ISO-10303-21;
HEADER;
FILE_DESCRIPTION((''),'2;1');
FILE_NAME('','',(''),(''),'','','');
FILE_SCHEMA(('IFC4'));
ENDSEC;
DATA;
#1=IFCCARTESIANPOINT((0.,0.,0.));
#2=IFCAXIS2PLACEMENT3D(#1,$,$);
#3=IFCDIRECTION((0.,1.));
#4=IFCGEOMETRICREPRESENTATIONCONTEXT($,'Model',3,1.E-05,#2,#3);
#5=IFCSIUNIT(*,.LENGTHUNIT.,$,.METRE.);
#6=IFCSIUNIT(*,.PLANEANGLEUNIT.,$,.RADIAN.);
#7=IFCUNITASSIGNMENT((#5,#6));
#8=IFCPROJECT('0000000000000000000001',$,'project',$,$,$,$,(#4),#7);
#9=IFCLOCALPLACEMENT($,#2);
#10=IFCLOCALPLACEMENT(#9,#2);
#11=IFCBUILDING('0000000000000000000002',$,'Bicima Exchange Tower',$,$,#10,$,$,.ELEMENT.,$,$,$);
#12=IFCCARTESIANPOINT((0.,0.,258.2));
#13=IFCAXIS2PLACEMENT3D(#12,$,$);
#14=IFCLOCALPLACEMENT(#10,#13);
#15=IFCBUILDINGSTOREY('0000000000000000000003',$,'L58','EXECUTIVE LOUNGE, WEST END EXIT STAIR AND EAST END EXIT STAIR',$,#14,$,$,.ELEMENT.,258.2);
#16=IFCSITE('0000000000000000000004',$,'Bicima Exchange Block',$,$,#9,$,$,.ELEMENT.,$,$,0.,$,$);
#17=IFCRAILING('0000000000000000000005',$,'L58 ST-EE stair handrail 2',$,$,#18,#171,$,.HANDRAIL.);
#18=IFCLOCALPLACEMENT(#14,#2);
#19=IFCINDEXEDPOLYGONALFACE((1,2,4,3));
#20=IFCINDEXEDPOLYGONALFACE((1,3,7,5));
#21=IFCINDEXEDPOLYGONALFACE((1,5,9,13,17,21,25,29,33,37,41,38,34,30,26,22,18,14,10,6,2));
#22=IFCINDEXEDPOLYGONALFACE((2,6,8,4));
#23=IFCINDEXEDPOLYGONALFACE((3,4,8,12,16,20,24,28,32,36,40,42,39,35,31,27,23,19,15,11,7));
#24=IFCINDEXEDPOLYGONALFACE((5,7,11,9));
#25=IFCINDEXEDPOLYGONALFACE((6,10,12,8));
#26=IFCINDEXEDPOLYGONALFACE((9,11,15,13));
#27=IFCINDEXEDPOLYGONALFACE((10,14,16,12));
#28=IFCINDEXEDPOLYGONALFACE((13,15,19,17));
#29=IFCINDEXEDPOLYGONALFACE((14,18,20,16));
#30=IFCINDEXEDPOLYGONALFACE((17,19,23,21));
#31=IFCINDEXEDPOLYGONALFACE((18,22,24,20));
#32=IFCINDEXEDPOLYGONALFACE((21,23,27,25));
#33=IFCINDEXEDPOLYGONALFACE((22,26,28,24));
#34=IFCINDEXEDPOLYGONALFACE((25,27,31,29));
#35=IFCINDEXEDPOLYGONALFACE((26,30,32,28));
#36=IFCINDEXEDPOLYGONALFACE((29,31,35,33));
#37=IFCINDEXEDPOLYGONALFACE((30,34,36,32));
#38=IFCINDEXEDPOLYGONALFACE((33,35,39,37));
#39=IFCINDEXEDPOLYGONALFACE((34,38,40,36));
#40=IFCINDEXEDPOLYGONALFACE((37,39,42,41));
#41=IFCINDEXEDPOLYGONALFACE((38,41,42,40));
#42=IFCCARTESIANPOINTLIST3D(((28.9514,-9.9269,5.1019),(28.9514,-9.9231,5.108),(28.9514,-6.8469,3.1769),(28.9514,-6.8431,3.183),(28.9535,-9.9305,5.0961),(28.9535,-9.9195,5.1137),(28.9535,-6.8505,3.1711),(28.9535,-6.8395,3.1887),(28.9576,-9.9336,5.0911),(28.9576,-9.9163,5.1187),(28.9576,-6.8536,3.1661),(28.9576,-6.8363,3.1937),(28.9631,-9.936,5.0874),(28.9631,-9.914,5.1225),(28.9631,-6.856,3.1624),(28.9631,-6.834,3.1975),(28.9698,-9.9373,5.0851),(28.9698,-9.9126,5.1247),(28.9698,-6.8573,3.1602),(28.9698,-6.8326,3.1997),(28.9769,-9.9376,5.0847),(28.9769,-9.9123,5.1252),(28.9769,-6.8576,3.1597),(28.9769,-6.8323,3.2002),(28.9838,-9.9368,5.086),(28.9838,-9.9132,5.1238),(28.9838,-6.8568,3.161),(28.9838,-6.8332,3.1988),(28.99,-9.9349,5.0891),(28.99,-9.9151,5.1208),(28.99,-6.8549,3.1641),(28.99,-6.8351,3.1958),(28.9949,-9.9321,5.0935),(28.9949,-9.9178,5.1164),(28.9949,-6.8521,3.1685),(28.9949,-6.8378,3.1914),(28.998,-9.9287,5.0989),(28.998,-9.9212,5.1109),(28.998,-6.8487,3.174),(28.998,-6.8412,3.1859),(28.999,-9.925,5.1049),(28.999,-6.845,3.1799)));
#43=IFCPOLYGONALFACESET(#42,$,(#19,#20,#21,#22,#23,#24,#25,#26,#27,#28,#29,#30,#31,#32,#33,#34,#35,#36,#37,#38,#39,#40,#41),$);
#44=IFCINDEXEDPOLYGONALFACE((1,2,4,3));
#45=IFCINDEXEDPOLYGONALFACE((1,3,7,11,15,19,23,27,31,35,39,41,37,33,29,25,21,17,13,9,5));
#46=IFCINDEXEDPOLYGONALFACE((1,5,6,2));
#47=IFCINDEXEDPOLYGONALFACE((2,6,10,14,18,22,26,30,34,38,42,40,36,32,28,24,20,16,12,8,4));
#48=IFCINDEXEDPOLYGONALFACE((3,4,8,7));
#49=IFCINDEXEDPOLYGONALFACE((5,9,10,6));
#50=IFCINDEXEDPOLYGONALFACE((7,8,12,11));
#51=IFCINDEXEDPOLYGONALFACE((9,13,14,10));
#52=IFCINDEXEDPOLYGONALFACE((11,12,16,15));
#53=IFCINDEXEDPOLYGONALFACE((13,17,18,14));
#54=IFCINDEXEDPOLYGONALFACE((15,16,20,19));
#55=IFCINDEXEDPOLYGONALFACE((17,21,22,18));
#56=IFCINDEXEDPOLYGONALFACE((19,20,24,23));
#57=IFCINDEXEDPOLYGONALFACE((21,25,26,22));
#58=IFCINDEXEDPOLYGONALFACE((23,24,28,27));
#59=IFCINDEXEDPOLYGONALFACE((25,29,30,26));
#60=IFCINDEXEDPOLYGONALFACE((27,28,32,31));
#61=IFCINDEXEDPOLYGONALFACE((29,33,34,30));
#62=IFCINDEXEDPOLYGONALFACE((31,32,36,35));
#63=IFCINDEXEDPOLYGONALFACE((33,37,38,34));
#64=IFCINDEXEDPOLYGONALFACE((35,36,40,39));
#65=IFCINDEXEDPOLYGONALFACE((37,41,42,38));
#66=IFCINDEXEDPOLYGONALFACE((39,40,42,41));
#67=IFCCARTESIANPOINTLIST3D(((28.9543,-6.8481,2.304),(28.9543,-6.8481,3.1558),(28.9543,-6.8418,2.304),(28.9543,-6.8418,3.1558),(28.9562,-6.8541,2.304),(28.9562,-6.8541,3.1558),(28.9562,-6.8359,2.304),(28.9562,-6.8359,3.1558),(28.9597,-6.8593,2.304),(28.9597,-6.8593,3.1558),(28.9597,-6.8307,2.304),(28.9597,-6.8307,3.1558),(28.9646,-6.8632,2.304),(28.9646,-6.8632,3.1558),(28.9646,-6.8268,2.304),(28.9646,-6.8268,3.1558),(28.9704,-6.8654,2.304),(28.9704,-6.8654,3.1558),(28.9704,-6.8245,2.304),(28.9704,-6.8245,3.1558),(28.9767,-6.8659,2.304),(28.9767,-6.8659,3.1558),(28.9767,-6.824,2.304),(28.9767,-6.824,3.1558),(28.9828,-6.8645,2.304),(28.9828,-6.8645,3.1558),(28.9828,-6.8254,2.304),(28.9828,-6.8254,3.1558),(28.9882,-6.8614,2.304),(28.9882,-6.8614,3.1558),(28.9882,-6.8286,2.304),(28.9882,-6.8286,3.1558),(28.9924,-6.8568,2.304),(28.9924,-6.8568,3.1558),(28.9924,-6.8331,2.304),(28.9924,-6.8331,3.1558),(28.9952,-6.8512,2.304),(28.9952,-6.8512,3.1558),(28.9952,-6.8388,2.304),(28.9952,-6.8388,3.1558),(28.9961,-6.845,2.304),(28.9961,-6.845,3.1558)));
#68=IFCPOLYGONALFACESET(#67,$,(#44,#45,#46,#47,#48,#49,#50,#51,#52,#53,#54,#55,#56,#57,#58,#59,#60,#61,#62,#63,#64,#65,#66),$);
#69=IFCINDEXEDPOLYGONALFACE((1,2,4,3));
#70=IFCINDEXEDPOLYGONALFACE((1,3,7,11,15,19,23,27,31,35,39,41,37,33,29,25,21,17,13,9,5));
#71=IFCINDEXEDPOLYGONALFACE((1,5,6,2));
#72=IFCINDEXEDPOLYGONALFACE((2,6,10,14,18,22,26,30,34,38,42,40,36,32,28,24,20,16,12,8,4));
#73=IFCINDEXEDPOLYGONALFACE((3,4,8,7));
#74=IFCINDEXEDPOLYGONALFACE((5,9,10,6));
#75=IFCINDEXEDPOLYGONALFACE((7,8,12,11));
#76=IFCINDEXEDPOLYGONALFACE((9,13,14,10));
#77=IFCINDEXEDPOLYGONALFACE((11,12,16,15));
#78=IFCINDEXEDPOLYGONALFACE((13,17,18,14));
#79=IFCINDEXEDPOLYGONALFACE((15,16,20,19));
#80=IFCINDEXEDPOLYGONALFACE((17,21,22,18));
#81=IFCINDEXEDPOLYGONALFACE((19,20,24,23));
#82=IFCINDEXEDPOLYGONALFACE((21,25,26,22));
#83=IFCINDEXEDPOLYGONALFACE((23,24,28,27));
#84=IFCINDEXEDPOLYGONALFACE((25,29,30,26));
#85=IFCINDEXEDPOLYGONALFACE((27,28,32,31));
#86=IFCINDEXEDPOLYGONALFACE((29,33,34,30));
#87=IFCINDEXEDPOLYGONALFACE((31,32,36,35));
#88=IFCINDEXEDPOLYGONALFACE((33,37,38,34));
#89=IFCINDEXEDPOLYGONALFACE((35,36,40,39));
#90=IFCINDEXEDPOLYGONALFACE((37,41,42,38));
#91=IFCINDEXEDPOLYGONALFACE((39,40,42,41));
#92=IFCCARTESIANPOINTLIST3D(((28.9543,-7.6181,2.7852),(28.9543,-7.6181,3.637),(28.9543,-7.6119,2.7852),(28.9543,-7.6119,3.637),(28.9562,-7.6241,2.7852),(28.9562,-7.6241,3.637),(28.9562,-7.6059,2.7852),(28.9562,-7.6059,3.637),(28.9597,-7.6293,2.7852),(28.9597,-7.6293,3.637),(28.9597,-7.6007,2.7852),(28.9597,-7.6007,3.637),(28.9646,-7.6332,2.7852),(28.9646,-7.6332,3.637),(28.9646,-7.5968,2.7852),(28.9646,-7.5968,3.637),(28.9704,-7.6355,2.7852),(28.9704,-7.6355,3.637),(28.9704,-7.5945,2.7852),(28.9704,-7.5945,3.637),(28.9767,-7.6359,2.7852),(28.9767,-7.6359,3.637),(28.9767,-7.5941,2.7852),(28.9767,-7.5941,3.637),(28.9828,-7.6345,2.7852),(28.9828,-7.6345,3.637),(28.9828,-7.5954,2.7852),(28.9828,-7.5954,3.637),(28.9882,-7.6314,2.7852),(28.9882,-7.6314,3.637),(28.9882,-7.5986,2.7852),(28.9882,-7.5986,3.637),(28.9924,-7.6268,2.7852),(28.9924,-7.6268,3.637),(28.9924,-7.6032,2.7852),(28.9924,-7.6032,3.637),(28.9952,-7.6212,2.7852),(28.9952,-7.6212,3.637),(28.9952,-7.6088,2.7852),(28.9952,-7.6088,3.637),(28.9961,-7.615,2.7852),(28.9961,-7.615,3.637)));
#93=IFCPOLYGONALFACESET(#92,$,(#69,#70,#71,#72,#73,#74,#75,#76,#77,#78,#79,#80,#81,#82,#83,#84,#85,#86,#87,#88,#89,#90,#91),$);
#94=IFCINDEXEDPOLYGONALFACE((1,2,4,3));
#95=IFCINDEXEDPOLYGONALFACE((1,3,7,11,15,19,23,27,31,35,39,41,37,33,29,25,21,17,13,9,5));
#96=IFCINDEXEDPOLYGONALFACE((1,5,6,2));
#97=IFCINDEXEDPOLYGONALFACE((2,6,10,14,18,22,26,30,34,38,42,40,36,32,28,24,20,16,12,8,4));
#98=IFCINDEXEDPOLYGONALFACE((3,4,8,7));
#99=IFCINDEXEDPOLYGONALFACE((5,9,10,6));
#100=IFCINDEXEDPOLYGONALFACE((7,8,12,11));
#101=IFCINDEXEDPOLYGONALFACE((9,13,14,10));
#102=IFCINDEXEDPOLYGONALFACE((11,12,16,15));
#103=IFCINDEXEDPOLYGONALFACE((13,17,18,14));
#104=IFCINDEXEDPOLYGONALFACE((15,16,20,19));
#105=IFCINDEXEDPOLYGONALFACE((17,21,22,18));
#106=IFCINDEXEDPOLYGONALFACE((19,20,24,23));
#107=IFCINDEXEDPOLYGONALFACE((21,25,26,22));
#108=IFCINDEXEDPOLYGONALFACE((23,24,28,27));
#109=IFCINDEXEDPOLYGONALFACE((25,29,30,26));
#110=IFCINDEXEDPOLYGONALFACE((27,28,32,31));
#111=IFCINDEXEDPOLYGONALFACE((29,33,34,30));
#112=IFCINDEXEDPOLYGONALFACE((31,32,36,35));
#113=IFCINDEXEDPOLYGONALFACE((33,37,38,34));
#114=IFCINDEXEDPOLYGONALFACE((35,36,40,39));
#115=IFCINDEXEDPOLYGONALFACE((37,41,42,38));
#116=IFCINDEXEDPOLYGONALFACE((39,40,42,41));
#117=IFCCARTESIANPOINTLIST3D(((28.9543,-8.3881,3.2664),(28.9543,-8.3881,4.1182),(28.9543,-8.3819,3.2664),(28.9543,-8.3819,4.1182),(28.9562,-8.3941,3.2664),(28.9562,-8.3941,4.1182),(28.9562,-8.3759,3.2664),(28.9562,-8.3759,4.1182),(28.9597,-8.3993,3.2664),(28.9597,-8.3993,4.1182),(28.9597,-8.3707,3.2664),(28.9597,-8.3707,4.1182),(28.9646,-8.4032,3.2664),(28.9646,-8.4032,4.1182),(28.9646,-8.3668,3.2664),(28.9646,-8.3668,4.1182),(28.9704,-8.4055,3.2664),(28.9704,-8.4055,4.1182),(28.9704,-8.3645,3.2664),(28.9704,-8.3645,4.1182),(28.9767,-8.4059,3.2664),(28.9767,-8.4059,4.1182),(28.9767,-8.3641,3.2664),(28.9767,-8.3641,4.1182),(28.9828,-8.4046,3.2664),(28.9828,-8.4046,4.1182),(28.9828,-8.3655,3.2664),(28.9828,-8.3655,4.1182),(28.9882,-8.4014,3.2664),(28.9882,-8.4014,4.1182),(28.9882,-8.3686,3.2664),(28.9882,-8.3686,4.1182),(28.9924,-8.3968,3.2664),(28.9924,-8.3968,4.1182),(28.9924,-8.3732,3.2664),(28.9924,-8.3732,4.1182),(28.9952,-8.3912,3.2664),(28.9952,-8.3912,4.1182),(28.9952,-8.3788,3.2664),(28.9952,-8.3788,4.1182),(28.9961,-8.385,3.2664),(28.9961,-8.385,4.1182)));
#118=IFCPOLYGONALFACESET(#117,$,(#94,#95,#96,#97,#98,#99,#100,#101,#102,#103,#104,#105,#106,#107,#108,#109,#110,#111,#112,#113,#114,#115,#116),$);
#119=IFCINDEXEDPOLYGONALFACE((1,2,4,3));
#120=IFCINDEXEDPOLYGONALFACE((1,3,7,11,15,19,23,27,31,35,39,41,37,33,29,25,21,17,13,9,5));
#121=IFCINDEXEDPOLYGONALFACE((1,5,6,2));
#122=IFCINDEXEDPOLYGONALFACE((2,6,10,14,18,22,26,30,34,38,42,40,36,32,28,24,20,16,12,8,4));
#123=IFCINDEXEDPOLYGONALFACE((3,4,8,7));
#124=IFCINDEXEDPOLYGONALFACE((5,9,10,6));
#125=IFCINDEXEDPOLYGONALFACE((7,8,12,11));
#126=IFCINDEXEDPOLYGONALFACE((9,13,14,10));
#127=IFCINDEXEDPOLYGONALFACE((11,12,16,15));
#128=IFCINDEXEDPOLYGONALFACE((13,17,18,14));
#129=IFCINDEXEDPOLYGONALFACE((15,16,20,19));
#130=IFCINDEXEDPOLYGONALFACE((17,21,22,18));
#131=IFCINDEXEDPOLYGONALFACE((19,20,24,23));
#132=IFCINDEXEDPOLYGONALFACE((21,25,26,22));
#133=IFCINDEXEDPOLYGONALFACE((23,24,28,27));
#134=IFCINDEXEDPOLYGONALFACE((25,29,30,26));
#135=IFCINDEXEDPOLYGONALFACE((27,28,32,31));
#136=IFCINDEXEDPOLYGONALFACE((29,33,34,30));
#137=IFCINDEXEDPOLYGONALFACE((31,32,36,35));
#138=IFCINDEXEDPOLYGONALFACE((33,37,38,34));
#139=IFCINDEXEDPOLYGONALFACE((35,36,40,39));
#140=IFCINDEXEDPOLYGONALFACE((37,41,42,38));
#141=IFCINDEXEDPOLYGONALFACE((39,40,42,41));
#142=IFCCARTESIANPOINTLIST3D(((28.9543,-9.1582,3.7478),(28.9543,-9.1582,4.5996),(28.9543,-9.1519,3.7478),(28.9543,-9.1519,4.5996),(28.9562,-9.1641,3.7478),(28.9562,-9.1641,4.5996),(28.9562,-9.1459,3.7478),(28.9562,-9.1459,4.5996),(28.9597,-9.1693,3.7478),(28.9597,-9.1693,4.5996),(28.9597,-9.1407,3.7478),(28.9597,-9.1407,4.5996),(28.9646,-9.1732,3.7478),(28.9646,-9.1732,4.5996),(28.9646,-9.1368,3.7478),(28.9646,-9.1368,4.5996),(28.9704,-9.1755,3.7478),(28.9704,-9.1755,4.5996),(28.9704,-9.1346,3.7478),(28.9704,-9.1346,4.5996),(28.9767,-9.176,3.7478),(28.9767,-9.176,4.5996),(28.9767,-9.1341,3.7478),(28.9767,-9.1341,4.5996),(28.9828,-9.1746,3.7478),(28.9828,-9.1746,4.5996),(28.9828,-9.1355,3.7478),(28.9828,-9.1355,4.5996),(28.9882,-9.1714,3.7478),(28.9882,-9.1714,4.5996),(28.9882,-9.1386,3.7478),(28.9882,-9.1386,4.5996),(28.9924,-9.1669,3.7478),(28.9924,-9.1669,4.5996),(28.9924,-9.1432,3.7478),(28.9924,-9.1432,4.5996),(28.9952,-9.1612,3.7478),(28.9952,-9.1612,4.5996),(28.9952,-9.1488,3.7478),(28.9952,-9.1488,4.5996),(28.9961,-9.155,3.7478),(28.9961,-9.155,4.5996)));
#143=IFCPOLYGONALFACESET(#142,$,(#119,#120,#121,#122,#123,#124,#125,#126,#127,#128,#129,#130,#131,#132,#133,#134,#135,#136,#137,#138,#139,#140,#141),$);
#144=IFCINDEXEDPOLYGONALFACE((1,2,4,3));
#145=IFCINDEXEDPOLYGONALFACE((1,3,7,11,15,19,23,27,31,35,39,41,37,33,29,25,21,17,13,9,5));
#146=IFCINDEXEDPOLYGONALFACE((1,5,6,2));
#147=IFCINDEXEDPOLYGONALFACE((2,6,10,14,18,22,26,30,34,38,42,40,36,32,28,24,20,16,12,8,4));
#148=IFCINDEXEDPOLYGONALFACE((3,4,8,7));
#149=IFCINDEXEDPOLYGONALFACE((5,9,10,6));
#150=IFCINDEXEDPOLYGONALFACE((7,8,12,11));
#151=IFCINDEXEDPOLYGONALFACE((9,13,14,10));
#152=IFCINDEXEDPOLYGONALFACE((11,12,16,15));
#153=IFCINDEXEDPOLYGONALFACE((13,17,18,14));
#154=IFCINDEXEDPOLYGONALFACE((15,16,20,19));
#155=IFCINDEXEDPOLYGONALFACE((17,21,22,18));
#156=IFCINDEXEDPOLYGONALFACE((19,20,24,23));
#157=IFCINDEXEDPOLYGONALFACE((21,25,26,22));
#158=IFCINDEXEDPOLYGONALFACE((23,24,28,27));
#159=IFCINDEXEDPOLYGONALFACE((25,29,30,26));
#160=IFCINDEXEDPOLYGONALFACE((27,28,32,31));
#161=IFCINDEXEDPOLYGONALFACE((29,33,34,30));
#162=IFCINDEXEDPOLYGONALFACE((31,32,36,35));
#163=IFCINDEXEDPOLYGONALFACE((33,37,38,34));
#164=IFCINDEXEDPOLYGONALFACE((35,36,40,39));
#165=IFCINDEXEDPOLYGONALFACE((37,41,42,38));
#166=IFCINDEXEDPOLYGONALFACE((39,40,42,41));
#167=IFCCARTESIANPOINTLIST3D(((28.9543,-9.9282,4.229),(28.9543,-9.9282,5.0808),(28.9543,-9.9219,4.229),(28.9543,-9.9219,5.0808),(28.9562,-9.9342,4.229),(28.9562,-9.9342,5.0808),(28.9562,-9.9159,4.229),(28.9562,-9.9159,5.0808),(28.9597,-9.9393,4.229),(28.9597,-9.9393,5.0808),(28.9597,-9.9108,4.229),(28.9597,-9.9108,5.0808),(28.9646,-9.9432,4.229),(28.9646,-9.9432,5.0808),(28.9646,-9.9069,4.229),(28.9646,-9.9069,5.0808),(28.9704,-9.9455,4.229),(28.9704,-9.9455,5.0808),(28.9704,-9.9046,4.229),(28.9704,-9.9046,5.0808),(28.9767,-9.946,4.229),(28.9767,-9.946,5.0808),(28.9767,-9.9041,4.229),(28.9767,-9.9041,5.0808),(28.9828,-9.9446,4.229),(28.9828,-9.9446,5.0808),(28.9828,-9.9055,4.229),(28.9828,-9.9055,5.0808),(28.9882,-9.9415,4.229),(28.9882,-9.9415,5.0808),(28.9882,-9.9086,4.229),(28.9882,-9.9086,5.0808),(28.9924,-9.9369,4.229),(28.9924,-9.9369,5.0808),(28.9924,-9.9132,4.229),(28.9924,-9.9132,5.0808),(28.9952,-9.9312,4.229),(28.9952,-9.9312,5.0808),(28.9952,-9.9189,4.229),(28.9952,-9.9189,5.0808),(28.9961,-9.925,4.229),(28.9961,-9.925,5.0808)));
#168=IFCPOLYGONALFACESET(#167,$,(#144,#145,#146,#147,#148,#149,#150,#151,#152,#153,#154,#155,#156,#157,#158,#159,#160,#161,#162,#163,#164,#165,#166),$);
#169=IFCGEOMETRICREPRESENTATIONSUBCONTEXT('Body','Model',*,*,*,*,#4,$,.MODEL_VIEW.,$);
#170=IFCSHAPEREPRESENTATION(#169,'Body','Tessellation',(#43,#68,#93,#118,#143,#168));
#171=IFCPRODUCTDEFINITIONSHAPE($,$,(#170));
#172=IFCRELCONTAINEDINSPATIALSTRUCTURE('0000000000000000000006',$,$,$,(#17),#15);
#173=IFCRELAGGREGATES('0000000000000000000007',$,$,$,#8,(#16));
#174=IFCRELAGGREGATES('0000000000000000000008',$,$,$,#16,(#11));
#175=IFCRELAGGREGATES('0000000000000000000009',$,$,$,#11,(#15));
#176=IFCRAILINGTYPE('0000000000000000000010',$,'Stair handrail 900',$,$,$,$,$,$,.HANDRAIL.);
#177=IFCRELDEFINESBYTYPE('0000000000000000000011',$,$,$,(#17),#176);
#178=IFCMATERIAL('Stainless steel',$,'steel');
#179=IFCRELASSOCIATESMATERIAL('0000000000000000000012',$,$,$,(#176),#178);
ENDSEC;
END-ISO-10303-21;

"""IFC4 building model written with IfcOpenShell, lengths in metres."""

from ifc_helpers import new_model, si_unit, direction, frame, origin, origin_2d, place, context, subcontext, project, spatial, circle, extrude, material, type_object, element, save


model = new_model("IFC4")

# Units and contexts
model_context = context("Model", 3, precision=1e-05, world=origin(), true_north=direction((0.0, 1.0)))
body_context = subcontext(model_context, "Body", "Model", "MODEL_VIEW")
ifc_project = project(units=[si_unit("LENGTHUNIT", "METRE"), si_unit("PLANEANGLEUNIT", "RADIAN")], contexts=[model_context])

# Site, building, storey
site_placement = place(None, origin())
site = spatial("IfcSite", under=ifc_project, at=site_placement, Name="Bicima Exchange Block", CompositionType="ELEMENT", RefElevation=0.0)
building_placement = place(site_placement, origin())
building = spatial("IfcBuilding", under=site, at=building_placement, Name="Bicima Exchange Tower", CompositionType="ELEMENT")
storey_placement = place(building_placement, frame((0.0, 0.0, 258.2)))
storey = spatial("IfcBuildingStorey", under=building, at=storey_placement, Name="L58", Description="EXECUTIVE LOUNGE, WEST END EXIT STAIR AND EAST END EXIT STAIR", CompositionType="ELEMENT", Elevation=258.2)

# Railing
ifc_material_1 = material(Name="Stainless steel", Category="steel")
railing_type_1 = type_object("IfcRailingType", Name="Stair handrail 900", PredefinedType="HANDRAIL", material=ifc_material_1)
railing_1_placement = place(storey_placement, frame((28.9751, -6.845, 2.304)))
element("IfcRailing", 1, at=railing_1_placement, inside=storey, type_object=railing_type_1, Name="L58 ST-EE stair handrail 2", PredefinedType="HANDRAIL", context=body_context, shape_type="SweptSolid", body=[
    extrude(circle(Radius=0.0239, at=origin_2d()), frame((0.0, 0.0, 0.876), z_axis=(0.0, -0.847998, 0.529999), x_axis=(1.0, 0.0, 0.0)), (0.0, 0.0, 1.0), 3.6321),
    extrude(circle(Radius=0.021, at=origin_2d()), origin(), (0.0, 0.0, 1.0), 0.8518),
    extrude(circle(Radius=0.021, at=origin_2d()), frame((0.0, -0.77, 0.4812)), (0.0, 0.0, 1.0), 0.8518),
    extrude(circle(Radius=0.021, at=origin_2d()), frame((0.0, -1.54, 0.9624)), (0.0, 0.0, 1.0), 0.8518),
    extrude(circle(Radius=0.021, at=origin_2d()), frame((0.0, -2.3101, 1.4438)), (0.0, 0.0, 1.0), 0.8518),
    extrude(circle(Radius=0.021, at=origin_2d()), frame((0.0, -3.0801, 1.925)), (0.0, 0.0, 1.0), 0.8518),
])

save(model, "model.ifc")
